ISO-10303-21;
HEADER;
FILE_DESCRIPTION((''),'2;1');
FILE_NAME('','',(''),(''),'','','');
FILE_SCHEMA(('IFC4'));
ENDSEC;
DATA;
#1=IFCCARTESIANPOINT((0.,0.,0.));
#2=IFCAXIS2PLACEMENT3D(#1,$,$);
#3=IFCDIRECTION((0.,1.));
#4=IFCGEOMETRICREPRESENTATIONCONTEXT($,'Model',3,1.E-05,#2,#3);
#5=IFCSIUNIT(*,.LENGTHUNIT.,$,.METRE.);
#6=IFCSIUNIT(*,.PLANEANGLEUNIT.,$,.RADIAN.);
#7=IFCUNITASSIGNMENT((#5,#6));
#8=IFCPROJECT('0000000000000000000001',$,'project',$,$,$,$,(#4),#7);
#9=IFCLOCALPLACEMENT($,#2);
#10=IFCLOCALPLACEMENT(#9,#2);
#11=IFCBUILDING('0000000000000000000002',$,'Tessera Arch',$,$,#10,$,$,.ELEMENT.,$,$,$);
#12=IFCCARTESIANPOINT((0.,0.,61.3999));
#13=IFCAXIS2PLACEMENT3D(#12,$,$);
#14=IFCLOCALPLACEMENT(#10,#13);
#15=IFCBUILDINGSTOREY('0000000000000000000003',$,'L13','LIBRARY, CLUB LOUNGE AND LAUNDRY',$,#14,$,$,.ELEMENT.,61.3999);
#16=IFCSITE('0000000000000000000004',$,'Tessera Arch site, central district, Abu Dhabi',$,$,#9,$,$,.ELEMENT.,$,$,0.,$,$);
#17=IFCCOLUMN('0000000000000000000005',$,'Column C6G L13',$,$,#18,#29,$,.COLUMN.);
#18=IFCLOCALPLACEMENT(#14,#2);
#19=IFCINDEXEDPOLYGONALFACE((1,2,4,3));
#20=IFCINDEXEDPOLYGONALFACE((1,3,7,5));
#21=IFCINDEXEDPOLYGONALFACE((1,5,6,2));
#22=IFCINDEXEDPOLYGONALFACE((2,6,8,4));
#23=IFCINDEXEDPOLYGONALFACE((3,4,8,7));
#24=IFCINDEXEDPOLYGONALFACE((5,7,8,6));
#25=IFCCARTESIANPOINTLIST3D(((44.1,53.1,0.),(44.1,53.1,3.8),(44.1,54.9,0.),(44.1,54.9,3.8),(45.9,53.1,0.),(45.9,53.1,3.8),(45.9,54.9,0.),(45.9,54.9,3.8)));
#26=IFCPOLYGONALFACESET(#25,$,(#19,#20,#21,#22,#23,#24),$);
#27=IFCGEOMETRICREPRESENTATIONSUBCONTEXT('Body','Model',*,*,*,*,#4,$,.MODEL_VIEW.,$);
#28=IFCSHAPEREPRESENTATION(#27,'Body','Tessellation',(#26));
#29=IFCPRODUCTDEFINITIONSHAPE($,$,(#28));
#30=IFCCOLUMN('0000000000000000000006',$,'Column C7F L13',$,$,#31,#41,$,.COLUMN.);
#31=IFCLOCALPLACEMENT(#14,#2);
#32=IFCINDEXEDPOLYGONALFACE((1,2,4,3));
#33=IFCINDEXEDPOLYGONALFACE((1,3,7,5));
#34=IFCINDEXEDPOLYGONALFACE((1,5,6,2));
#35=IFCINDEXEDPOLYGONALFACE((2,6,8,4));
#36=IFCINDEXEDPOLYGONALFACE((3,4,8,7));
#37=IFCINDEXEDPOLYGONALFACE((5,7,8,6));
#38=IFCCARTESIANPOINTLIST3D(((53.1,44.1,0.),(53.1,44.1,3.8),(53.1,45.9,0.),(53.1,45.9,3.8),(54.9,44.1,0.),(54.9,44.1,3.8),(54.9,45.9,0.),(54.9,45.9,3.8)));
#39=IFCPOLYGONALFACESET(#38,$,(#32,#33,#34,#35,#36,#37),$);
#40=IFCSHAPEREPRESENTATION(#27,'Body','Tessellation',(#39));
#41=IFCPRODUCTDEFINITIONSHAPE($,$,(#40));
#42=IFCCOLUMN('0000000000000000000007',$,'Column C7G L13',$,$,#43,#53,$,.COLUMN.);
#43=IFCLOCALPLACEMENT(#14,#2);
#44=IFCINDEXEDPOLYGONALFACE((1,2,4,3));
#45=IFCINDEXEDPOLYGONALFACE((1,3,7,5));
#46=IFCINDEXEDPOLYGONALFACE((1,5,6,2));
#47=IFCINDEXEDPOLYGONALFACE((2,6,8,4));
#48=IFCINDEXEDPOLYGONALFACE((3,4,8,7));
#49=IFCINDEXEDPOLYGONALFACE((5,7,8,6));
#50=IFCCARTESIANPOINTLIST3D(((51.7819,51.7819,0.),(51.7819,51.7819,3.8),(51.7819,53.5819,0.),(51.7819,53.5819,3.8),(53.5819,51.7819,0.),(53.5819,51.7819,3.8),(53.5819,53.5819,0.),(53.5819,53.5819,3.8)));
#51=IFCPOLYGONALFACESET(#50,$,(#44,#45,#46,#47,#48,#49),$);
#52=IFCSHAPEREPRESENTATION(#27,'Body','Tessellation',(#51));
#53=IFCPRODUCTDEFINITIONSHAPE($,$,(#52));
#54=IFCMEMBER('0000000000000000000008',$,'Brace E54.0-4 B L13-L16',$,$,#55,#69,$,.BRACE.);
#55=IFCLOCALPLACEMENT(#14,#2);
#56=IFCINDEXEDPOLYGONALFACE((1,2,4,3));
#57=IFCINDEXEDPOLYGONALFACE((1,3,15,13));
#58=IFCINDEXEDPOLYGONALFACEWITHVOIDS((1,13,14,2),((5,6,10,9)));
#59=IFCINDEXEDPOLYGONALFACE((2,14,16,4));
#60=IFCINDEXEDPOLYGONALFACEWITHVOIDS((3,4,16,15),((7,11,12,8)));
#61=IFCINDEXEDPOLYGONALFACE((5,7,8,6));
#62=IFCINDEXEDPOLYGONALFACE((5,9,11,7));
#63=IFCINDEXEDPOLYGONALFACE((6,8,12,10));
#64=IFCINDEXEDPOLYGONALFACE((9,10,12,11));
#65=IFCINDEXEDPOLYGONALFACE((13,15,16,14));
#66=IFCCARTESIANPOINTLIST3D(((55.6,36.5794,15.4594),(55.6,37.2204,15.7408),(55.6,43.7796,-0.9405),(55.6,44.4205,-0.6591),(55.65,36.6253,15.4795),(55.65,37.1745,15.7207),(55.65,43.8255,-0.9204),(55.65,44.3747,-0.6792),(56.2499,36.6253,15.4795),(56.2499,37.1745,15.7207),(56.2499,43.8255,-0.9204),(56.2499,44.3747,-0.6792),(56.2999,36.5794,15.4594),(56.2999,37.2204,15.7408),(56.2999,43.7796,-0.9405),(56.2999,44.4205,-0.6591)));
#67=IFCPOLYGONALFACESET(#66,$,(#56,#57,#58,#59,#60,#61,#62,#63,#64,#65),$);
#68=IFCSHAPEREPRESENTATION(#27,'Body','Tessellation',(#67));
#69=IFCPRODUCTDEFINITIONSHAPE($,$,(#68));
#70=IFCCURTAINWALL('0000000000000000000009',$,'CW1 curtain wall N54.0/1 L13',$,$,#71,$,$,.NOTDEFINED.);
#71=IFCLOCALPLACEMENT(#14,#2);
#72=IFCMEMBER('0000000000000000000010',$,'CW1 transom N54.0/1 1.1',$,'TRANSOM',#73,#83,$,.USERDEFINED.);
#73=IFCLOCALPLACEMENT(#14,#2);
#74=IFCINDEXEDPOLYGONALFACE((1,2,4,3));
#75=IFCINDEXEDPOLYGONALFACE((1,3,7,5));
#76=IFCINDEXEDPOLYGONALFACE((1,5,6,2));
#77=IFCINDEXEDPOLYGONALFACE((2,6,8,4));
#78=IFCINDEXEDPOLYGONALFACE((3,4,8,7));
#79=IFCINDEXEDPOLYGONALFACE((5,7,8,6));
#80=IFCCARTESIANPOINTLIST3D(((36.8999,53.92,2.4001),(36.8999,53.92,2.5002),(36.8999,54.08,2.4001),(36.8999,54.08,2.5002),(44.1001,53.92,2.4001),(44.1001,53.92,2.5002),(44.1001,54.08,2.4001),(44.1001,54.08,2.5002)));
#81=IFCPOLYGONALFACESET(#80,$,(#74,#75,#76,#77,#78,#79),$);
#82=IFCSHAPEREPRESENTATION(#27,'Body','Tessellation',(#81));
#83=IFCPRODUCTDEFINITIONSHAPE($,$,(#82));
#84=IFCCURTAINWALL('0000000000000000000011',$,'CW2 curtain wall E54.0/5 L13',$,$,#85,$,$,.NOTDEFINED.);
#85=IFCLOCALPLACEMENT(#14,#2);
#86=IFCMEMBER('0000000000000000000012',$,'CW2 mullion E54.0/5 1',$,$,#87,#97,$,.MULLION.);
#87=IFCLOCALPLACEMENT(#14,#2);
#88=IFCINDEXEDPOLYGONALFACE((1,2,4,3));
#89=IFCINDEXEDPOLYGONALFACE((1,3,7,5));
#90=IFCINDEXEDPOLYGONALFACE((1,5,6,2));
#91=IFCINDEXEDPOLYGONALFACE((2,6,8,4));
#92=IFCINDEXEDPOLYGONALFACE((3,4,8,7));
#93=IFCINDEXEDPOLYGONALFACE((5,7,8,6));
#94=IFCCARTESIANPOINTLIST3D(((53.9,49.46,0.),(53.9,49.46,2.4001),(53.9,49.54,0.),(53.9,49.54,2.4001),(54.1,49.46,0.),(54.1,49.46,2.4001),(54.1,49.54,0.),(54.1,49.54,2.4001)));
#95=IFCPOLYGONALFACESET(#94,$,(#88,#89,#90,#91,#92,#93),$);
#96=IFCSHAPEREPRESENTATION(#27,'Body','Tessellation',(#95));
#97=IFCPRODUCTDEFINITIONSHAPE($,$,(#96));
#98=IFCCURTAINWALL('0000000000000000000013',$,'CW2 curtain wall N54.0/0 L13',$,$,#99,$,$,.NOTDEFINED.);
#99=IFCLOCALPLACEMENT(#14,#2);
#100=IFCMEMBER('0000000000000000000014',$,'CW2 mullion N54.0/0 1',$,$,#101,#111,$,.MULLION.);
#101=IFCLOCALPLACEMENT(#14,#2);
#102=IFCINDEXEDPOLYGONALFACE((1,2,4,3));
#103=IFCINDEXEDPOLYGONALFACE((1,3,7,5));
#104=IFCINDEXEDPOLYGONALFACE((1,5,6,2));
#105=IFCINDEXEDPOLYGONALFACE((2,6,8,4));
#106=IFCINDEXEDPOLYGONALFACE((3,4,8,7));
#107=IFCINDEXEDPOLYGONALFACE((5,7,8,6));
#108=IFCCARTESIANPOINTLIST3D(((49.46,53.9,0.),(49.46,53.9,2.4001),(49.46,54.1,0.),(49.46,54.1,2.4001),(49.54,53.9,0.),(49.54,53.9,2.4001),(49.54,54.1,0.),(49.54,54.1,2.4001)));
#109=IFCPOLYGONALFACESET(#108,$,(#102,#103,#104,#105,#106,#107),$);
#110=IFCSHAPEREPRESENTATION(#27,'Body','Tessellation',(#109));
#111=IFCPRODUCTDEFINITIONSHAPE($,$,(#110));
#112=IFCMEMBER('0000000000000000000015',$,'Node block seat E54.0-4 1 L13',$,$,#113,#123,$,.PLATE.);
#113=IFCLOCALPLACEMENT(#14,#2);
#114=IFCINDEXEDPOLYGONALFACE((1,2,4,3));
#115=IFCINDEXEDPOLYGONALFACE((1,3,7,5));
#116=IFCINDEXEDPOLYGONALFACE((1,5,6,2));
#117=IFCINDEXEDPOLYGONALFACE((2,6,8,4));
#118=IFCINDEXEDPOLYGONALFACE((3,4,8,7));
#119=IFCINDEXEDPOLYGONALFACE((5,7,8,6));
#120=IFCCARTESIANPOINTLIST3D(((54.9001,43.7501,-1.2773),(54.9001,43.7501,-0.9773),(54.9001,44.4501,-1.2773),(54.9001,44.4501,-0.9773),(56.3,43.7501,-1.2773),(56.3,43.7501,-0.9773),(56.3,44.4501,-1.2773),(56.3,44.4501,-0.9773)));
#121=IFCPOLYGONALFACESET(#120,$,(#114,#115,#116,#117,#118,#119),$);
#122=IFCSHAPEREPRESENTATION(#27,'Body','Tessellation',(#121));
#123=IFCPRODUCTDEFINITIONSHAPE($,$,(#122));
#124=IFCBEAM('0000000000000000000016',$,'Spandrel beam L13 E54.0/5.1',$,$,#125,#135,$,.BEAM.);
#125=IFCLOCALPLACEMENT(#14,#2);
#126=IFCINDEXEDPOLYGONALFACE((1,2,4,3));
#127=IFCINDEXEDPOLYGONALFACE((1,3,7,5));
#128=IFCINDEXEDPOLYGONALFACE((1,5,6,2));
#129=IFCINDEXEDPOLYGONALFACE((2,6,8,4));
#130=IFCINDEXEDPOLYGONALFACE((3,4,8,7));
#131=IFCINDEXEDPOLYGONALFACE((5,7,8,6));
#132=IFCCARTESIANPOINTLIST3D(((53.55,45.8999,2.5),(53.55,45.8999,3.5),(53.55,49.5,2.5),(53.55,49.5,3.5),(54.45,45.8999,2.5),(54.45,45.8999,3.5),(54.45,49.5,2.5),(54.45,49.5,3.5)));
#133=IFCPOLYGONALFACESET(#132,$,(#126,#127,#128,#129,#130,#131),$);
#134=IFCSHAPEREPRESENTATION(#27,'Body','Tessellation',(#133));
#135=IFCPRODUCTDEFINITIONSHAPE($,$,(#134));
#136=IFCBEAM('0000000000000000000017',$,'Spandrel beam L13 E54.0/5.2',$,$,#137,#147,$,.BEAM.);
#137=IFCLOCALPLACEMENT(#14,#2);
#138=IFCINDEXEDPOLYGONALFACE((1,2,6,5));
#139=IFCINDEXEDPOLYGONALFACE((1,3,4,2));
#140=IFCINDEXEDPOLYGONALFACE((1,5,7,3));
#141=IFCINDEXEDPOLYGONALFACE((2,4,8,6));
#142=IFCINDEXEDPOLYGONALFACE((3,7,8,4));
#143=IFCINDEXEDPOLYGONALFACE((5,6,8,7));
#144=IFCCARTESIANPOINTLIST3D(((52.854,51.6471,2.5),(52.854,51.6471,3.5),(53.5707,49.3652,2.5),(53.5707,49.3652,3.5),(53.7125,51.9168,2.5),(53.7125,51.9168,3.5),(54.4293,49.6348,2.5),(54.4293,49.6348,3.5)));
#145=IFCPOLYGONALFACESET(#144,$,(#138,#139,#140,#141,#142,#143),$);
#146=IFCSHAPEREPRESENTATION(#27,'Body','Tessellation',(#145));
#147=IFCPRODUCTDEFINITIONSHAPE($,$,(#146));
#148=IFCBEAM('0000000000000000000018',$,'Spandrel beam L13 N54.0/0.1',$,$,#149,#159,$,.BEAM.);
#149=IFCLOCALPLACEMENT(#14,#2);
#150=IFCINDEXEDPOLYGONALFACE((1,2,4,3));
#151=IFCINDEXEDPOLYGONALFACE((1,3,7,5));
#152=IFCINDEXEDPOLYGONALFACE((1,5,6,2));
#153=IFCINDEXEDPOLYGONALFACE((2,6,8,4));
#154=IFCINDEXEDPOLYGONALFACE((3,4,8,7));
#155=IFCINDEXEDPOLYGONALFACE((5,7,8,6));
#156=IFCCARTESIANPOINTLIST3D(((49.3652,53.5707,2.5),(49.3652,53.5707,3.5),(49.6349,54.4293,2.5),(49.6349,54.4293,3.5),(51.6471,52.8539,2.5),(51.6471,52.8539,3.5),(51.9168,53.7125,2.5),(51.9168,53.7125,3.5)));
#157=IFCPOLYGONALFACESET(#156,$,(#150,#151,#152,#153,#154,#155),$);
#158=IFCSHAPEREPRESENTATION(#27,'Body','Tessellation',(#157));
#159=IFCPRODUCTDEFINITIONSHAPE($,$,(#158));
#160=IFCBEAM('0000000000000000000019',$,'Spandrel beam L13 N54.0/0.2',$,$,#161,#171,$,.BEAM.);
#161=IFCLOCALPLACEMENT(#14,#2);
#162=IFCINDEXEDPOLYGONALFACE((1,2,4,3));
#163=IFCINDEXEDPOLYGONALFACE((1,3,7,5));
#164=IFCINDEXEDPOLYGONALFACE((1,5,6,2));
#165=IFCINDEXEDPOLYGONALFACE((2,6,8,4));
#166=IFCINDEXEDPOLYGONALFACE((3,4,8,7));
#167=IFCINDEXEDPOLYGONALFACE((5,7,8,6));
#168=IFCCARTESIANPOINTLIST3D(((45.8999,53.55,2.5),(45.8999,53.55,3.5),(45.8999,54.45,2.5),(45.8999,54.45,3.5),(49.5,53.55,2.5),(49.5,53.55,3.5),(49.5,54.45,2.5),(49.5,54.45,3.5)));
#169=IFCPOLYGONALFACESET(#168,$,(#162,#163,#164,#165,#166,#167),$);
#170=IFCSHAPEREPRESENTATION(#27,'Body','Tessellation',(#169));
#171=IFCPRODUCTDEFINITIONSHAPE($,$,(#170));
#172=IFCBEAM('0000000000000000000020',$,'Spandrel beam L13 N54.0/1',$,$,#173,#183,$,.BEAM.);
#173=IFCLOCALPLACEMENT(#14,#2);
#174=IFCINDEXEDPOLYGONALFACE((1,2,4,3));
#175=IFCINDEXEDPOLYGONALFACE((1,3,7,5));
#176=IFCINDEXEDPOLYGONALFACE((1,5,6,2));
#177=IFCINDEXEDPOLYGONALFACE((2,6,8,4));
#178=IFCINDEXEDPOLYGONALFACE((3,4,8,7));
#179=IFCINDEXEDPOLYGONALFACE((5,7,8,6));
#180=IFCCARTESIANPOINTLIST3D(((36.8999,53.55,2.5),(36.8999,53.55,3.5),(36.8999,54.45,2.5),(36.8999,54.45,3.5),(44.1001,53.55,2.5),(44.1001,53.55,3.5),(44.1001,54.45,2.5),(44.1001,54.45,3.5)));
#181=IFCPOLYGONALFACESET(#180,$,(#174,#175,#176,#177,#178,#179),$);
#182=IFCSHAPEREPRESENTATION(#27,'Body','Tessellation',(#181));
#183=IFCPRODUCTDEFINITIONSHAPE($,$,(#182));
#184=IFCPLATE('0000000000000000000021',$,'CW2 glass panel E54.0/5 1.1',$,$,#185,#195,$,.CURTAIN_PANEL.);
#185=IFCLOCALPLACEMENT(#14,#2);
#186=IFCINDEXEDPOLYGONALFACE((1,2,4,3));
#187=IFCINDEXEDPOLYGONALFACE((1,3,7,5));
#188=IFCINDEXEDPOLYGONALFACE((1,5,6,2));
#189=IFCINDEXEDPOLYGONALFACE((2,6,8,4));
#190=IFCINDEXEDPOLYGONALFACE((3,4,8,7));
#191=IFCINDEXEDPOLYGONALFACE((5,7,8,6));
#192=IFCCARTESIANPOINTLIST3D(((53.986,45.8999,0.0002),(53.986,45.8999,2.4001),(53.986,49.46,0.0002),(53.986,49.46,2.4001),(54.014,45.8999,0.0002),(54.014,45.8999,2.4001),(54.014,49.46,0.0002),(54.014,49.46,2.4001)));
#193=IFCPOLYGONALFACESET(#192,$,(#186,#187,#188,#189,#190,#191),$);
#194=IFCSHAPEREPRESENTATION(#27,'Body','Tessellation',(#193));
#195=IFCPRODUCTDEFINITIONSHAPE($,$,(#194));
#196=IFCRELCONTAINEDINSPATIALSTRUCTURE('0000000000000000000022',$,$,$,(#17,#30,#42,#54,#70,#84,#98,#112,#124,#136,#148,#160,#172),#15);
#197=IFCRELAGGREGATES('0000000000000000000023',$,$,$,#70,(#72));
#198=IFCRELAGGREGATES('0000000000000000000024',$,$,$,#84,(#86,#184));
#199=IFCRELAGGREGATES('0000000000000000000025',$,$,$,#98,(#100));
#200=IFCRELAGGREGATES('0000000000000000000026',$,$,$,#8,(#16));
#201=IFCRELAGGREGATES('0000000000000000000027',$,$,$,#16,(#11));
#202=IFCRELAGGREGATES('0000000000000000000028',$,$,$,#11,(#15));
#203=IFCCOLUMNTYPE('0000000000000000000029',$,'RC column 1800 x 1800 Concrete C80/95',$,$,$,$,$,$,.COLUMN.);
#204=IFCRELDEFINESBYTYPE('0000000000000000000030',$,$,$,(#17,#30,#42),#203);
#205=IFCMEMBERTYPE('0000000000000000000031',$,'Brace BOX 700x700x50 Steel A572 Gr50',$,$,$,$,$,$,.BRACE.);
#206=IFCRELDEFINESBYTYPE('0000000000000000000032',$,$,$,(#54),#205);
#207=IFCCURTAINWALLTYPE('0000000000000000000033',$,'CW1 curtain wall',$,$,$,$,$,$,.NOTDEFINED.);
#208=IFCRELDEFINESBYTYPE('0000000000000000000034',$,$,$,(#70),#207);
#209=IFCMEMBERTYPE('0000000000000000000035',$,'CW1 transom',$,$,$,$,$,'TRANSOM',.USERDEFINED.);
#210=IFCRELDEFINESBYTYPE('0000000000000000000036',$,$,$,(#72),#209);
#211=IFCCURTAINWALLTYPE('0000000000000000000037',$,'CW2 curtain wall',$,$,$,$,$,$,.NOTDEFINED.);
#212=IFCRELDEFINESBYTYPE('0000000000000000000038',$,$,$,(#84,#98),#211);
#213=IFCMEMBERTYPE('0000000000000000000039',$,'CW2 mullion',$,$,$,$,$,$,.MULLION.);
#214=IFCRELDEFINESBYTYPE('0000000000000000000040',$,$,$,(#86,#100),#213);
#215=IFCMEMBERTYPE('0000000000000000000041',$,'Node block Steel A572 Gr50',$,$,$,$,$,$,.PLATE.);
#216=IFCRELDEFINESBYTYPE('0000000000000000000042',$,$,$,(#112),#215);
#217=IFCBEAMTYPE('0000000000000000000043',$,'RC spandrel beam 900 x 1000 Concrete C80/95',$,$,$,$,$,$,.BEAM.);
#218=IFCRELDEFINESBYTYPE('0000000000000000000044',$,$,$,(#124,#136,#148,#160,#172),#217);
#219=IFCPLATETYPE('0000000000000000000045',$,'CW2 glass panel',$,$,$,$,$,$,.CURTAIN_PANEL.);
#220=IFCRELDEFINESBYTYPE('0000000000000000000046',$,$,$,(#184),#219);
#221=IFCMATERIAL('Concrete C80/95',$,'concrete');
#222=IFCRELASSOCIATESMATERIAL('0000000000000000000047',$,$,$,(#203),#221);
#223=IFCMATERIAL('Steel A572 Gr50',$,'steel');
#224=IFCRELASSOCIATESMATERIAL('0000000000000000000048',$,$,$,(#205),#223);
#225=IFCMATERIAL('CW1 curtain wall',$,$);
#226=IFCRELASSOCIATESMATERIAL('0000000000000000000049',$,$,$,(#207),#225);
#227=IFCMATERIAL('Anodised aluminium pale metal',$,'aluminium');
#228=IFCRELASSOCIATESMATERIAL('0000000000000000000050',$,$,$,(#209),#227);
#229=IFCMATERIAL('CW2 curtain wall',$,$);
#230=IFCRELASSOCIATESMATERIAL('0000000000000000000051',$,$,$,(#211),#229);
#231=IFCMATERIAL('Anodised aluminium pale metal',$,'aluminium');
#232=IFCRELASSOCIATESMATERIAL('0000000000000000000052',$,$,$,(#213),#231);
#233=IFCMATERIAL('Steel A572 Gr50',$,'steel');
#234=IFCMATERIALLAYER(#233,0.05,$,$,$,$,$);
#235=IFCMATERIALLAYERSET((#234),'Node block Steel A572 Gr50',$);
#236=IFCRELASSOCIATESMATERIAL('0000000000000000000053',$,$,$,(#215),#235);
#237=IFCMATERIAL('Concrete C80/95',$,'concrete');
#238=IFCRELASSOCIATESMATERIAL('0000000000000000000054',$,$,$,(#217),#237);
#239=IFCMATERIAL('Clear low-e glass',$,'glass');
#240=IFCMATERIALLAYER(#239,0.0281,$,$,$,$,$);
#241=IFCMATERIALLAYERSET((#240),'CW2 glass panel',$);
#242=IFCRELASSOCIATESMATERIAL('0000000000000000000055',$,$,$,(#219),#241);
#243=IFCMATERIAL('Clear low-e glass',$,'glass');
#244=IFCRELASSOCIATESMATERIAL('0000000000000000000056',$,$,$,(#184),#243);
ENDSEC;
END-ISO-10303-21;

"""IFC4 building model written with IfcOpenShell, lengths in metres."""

from ifc_helpers import new_model, si_unit, direction, frame, origin, origin_2d, place, context, subcontext, project, spatial, rectangle, hollow_rectangle, extrude, material, layer, layer_set, material_profile, profile_set, type_object, element, aggregate, save


model = new_model("IFC4")

# Units and contexts
model_context = context("Model", 3, precision=1e-05, world=origin(), true_north=direction((0.0, 1.0)))
body_context = subcontext(model_context, "Body", "Model", "MODEL_VIEW")
ifc_project = project(units=[si_unit("LENGTHUNIT", "METRE"), si_unit("PLANEANGLEUNIT", "RADIAN")], contexts=[model_context])

# Site, building, storey
site_placement = place(None, origin())
site = spatial("IfcSite", under=ifc_project, at=site_placement, Name="Tessera Arch site, central district, Abu Dhabi", CompositionType="ELEMENT", RefElevation=0.0)
building_placement = place(site_placement, origin())
building = spatial("IfcBuilding", under=site, at=building_placement, Name="Tessera Arch", CompositionType="ELEMENT")
storey_placement = place(building_placement, frame((0.0, 0.0, 61.3999)))
storey = spatial("IfcBuildingStorey", under=building, at=storey_placement, Name="L13", Description="LIBRARY, CLUB LOUNGE AND LAUNDRY", CompositionType="ELEMENT", Elevation=61.3999)

# Columns
ifc_material_1 = material(Name="Concrete C80/95", Category="concrete")
ifc_material_profile_1 = material_profile(ifc_material_1, rectangle(XDim=1.8, YDim=1.8, at=origin_2d()), Name="RC column 1800 x 1800 Concrete C80/95")
ifc_profile_set_1 = profile_set([ifc_material_profile_1], Name="Concrete C80/95")
column_type = type_object("IfcColumnType", Name="RC column 1800 x 1800 Concrete C80/95", PredefinedType="COLUMN", material=ifc_profile_set_1)
for number, where, z_axis, x_axis, name in (
    (1, (45.0, 54.0, 0.0), (0.0, 0.0, 1.0), (1.0, 0.0, 0.0), "Column C6G L13"),
    (2, (54.0, 45.0, 0.0), (0.0, 0.0, 1.0), (1.0, 0.0, 0.0), "Column C7F L13"),
    (3, (52.6819, 52.6819, 0.0), (0.0, 0.0, 1.0), (1.0, 0.0, 0.0), "Column C7G L13"),
):
    element("IfcColumn", number, at=place(storey_placement, frame(where, z_axis=z_axis, x_axis=x_axis)), inside=storey, type_object=column_type, Name=name, PredefinedType="COLUMN", context=body_context, shape_type="SweptSolid", body=[
        extrude(rectangle(XDim=1.8, YDim=1.8, at=origin_2d()), origin(), (0.0, 0.0, 1.0), 3.8),
    ])

# Member
ifc_material_2 = material(Name="Steel A572 Gr50", Category="steel")
ifc_material_profile_2 = material_profile(ifc_material_2, hollow_rectangle(XDim=0.7, YDim=0.7, WallThickness=0.05, at=origin_2d()), Name="BOX 700x700x50")
ifc_profile_set_2 = profile_set([ifc_material_profile_2], Name="Steel A572 Gr50")
member_type_1 = type_object("IfcMemberType", Name="Brace BOX 700x700x50 Steel A572 Gr50", PredefinedType="BRACE", material=ifc_profile_set_2)
member_1_placement = place(storey_placement, frame((55.95, 44.1001, -0.7998), z_axis=(0.0, -0.402001, 0.915639), x_axis=(1.0, 0.0, 0.0)))
element("IfcMember", 4, at=member_1_placement, inside=storey, type_object=member_type_1, Name="Brace E54.0-4 B L13-L16", PredefinedType="BRACE", context=body_context, shape_type="SweptSolid", body=[
    extrude(hollow_rectangle(XDim=0.7, YDim=0.7, WallThickness=0.05, at=origin_2d()), origin(), (0.0, 0.0, 1.0), 17.9109),
])

# Curtain walls, members
ifc_material_3 = material(Name="CW1 curtain wall")
curtain_wall_type_1 = type_object("IfcCurtainWallType", Name="CW1 curtain wall", PredefinedType="NOTDEFINED", material=ifc_material_3)
curtain_wall_1_placement = place(storey_placement, origin())
curtain_wall_1 = element("IfcCurtainWall", 5, at=curtain_wall_1_placement, inside=storey, type_object=curtain_wall_type_1, Name="CW1 curtain wall N54.0/1 L13", PredefinedType="NOTDEFINED")
ifc_material_4 = material(Name="Anodised aluminium pale metal", Category="aluminium")
ifc_material_profile_3 = material_profile(ifc_material_4, rectangle(XDim=0.1599, YDim=0.1001, at=origin_2d()), Name="AL 160x100")
ifc_profile_set_3 = profile_set([ifc_material_profile_3], Name="Anodised aluminium pale metal")
member_type_2 = type_object("IfcMemberType", Name="CW1 transom", ElementType="TRANSOM", PredefinedType="USERDEFINED", material=ifc_profile_set_3)
member_2_placement = place(storey_placement, frame((44.1001, 54.0, 2.4502), z_axis=(-1.0, 0.0, 0.0), x_axis=(0.0, -1.0, 0.0)))
member_2 = element("IfcMember", 6, at=member_2_placement, type_object=member_type_2, Name="CW1 transom N54.0/1 1.1", ObjectType="TRANSOM", PredefinedType="USERDEFINED", context=body_context, shape_type="SweptSolid", body=[
    extrude(rectangle(XDim=0.1599, YDim=0.1001, at=origin_2d()), origin(), (0.0, 0.0, 1.0), 7.2002),
])
aggregate(curtain_wall_1, [member_2])
ifc_material_5 = material(Name="CW2 curtain wall")
curtain_wall_type_2 = type_object("IfcCurtainWallType", Name="CW2 curtain wall", PredefinedType="NOTDEFINED", material=ifc_material_5)
curtain_wall_2_placement = place(storey_placement, origin())
curtain_wall_2 = element("IfcCurtainWall", 7, at=curtain_wall_2_placement, inside=storey, type_object=curtain_wall_type_2, Name="CW2 curtain wall E54.0/5 L13", PredefinedType="NOTDEFINED")
ifc_material_6 = material(Name="Anodised aluminium pale metal", Category="aluminium")
ifc_material_profile_4 = material_profile(ifc_material_6, rectangle(XDim=0.2, YDim=0.0801, at=origin_2d()), Name="AL 80x200")
ifc_profile_set_4 = profile_set([ifc_material_profile_4], Name="Anodised aluminium pale metal")
member_type_3 = type_object("IfcMemberType", Name="CW2 mullion", PredefinedType="MULLION", material=ifc_profile_set_4)
member_3_placement = place(storey_placement, frame((54.0, 49.5, 0.0), z_axis=(0.0, 0.0, 1.0), x_axis=(-1.0, 0.0, 0.0)))
member_3 = element("IfcMember", 8, at=member_3_placement, type_object=member_type_3, Name="CW2 mullion E54.0/5 1", PredefinedType="MULLION", context=body_context, shape_type="SweptSolid", body=[
    extrude(rectangle(XDim=0.2, YDim=0.0801, at=origin_2d()), origin(), (0.0, 0.0, 1.0), 2.4001),
])
curtain_wall_3_placement = place(storey_placement, origin())
curtain_wall_3 = element("IfcCurtainWall", 9, at=curtain_wall_3_placement, inside=storey, type_object=curtain_wall_type_2, Name="CW2 curtain wall N54.0/0 L13", PredefinedType="NOTDEFINED")
member_4_placement = place(storey_placement, frame((49.5, 54.0, 0.0), z_axis=(0.0, 0.0, 1.0), x_axis=(0.0, -1.0, 0.0)))
member_4 = element("IfcMember", 10, at=member_4_placement, type_object=member_type_3, Name="CW2 mullion N54.0/0 1", PredefinedType="MULLION", context=body_context, shape_type="SweptSolid", body=[
    extrude(rectangle(XDim=0.2, YDim=0.0801, at=origin_2d()), origin(), (0.0, 0.0, 1.0), 2.4001),
])

# Member
ifc_material_7 = material(Name="Steel A572 Gr50", Category="steel")
ifc_layer_1 = layer(ifc_material_7, 0.05)
ifc_layer_set_1 = layer_set([ifc_layer_1], Name="Node block Steel A572 Gr50")
member_type_4 = type_object("IfcMemberType", Name="Node block Steel A572 Gr50", PredefinedType="PLATE", material=ifc_layer_set_1)
member_5_placement = place(storey_placement, frame((55.6001, 44.1001, -1.2773), z_axis=(0.0, 0.0, 1.0), x_axis=(0.0, 1.0, 0.0)))
element("IfcMember", 11, at=member_5_placement, inside=storey, type_object=member_type_4, Name="Node block seat E54.0-4 1 L13", PredefinedType="PLATE", context=body_context, shape_type="SweptSolid", body=[
    extrude(rectangle(XDim=0.7, YDim=1.3999, at=origin_2d()), origin(), (0.0, 0.0, 1.0), 0.3),
])

# Beams
ifc_material_8 = material(Name="Concrete C80/95", Category="concrete")
ifc_material_profile_5 = material_profile(ifc_material_8, rectangle(XDim=0.8999, YDim=1.0, at=origin_2d()), Name="RC spandrel beam 900 x 1000 Concrete C80/95")
ifc_profile_set_5 = profile_set([ifc_material_profile_5], Name="Concrete C80/95")
beam_type = type_object("IfcBeamType", Name="RC spandrel beam 900 x 1000 Concrete C80/95", PredefinedType="BEAM", material=ifc_profile_set_5)
beam_1_placement = place(storey_placement, frame((54.0, 45.8999, 3.0), z_axis=(0.0, 1.0, 0.0), x_axis=(-1.0, 0.0, 0.0)))
element("IfcBeam", 12, at=beam_1_placement, inside=storey, type_object=beam_type, Name="Spandrel beam L13 E54.0/5.1", PredefinedType="BEAM", context=body_context, shape_type="SweptSolid", body=[
    extrude(rectangle(XDim=0.8999, YDim=1.0, at=origin_2d()), origin(), (0.0, 0.0, 1.0), 3.6001),
])
for number, where, z_axis, x_axis, name in (
    (13, (54.0, 49.5, 3.0), (-0.299675, 0.954041, 0.0), (-0.954041, -0.299675, 0.0), "Spandrel beam L13 E54.0/5.2"),
    (14, (51.782, 53.2832, 3.0), (-0.954041, 0.299675, 0.0), (-0.299675, -0.954041, 0.0), "Spandrel beam L13 N54.0/0.1"),
):
    element("IfcBeam", number, at=place(storey_placement, frame(where, z_axis=z_axis, x_axis=x_axis)), inside=storey, type_object=beam_type, Name=name, PredefinedType="BEAM", context=body_context, shape_type="SweptSolid", body=[
        extrude(rectangle(XDim=0.8999, YDim=1.0, at=origin_2d()), origin(), (0.0, 0.0, 1.0), 2.3918),
    ])
beam_2_placement = place(storey_placement, frame((49.5, 54.0, 3.0), z_axis=(-1.0, 0.0, 0.0), x_axis=(0.0, -1.0, 0.0)))
element("IfcBeam", 15, at=beam_2_placement, inside=storey, type_object=beam_type, Name="Spandrel beam L13 N54.0/0.2", PredefinedType="BEAM", context=body_context, shape_type="SweptSolid", body=[
    extrude(rectangle(XDim=0.8999, YDim=1.0, at=origin_2d()), origin(), (0.0, 0.0, 1.0), 3.6001),
])
beam_3_placement = place(storey_placement, frame((44.1001, 54.0, 3.0), z_axis=(-1.0, 0.0, 0.0), x_axis=(0.0, -1.0, 0.0)))
element("IfcBeam", 16, at=beam_3_placement, inside=storey, type_object=beam_type, Name="Spandrel beam L13 N54.0/1", PredefinedType="BEAM", context=body_context, shape_type="SweptSolid", body=[
    extrude(rectangle(XDim=0.8999, YDim=1.0, at=origin_2d()), origin(), (0.0, 0.0, 1.0), 7.2002),
])

# Plate
ifc_material_9 = material(Name="Clear low-e glass", Category="glass")
ifc_material_10 = material(Name="Clear low-e glass", Category="glass")
ifc_layer_2 = layer(ifc_material_10, 0.0281)
ifc_layer_set_2 = layer_set([ifc_layer_2], Name="CW2 glass panel")
plate_type_1 = type_object("IfcPlateType", Name="CW2 glass panel", PredefinedType="CURTAIN_PANEL", material=ifc_layer_set_2)
plate_1_placement = place(storey_placement, frame((54.0, 47.6799, 0.0002), z_axis=(0.0, 0.0, 1.0), x_axis=(0.0, 1.0, 0.0)))
plate_1 = element("IfcPlate", 17, at=plate_1_placement, type_object=plate_type_1, material=ifc_material_9, Name="CW2 glass panel E54.0/5 1.1", PredefinedType="CURTAIN_PANEL", context=body_context, shape_type="SweptSolid", body=[
    extrude(rectangle(XDim=3.5601, YDim=0.0281, at=origin_2d()), origin(), (0.0, 0.0, 1.0), 2.3999),
])
aggregate(curtain_wall_2, [member_3, plate_1])
aggregate(curtain_wall_3, [member_4])

save(model, "model.ifc")
